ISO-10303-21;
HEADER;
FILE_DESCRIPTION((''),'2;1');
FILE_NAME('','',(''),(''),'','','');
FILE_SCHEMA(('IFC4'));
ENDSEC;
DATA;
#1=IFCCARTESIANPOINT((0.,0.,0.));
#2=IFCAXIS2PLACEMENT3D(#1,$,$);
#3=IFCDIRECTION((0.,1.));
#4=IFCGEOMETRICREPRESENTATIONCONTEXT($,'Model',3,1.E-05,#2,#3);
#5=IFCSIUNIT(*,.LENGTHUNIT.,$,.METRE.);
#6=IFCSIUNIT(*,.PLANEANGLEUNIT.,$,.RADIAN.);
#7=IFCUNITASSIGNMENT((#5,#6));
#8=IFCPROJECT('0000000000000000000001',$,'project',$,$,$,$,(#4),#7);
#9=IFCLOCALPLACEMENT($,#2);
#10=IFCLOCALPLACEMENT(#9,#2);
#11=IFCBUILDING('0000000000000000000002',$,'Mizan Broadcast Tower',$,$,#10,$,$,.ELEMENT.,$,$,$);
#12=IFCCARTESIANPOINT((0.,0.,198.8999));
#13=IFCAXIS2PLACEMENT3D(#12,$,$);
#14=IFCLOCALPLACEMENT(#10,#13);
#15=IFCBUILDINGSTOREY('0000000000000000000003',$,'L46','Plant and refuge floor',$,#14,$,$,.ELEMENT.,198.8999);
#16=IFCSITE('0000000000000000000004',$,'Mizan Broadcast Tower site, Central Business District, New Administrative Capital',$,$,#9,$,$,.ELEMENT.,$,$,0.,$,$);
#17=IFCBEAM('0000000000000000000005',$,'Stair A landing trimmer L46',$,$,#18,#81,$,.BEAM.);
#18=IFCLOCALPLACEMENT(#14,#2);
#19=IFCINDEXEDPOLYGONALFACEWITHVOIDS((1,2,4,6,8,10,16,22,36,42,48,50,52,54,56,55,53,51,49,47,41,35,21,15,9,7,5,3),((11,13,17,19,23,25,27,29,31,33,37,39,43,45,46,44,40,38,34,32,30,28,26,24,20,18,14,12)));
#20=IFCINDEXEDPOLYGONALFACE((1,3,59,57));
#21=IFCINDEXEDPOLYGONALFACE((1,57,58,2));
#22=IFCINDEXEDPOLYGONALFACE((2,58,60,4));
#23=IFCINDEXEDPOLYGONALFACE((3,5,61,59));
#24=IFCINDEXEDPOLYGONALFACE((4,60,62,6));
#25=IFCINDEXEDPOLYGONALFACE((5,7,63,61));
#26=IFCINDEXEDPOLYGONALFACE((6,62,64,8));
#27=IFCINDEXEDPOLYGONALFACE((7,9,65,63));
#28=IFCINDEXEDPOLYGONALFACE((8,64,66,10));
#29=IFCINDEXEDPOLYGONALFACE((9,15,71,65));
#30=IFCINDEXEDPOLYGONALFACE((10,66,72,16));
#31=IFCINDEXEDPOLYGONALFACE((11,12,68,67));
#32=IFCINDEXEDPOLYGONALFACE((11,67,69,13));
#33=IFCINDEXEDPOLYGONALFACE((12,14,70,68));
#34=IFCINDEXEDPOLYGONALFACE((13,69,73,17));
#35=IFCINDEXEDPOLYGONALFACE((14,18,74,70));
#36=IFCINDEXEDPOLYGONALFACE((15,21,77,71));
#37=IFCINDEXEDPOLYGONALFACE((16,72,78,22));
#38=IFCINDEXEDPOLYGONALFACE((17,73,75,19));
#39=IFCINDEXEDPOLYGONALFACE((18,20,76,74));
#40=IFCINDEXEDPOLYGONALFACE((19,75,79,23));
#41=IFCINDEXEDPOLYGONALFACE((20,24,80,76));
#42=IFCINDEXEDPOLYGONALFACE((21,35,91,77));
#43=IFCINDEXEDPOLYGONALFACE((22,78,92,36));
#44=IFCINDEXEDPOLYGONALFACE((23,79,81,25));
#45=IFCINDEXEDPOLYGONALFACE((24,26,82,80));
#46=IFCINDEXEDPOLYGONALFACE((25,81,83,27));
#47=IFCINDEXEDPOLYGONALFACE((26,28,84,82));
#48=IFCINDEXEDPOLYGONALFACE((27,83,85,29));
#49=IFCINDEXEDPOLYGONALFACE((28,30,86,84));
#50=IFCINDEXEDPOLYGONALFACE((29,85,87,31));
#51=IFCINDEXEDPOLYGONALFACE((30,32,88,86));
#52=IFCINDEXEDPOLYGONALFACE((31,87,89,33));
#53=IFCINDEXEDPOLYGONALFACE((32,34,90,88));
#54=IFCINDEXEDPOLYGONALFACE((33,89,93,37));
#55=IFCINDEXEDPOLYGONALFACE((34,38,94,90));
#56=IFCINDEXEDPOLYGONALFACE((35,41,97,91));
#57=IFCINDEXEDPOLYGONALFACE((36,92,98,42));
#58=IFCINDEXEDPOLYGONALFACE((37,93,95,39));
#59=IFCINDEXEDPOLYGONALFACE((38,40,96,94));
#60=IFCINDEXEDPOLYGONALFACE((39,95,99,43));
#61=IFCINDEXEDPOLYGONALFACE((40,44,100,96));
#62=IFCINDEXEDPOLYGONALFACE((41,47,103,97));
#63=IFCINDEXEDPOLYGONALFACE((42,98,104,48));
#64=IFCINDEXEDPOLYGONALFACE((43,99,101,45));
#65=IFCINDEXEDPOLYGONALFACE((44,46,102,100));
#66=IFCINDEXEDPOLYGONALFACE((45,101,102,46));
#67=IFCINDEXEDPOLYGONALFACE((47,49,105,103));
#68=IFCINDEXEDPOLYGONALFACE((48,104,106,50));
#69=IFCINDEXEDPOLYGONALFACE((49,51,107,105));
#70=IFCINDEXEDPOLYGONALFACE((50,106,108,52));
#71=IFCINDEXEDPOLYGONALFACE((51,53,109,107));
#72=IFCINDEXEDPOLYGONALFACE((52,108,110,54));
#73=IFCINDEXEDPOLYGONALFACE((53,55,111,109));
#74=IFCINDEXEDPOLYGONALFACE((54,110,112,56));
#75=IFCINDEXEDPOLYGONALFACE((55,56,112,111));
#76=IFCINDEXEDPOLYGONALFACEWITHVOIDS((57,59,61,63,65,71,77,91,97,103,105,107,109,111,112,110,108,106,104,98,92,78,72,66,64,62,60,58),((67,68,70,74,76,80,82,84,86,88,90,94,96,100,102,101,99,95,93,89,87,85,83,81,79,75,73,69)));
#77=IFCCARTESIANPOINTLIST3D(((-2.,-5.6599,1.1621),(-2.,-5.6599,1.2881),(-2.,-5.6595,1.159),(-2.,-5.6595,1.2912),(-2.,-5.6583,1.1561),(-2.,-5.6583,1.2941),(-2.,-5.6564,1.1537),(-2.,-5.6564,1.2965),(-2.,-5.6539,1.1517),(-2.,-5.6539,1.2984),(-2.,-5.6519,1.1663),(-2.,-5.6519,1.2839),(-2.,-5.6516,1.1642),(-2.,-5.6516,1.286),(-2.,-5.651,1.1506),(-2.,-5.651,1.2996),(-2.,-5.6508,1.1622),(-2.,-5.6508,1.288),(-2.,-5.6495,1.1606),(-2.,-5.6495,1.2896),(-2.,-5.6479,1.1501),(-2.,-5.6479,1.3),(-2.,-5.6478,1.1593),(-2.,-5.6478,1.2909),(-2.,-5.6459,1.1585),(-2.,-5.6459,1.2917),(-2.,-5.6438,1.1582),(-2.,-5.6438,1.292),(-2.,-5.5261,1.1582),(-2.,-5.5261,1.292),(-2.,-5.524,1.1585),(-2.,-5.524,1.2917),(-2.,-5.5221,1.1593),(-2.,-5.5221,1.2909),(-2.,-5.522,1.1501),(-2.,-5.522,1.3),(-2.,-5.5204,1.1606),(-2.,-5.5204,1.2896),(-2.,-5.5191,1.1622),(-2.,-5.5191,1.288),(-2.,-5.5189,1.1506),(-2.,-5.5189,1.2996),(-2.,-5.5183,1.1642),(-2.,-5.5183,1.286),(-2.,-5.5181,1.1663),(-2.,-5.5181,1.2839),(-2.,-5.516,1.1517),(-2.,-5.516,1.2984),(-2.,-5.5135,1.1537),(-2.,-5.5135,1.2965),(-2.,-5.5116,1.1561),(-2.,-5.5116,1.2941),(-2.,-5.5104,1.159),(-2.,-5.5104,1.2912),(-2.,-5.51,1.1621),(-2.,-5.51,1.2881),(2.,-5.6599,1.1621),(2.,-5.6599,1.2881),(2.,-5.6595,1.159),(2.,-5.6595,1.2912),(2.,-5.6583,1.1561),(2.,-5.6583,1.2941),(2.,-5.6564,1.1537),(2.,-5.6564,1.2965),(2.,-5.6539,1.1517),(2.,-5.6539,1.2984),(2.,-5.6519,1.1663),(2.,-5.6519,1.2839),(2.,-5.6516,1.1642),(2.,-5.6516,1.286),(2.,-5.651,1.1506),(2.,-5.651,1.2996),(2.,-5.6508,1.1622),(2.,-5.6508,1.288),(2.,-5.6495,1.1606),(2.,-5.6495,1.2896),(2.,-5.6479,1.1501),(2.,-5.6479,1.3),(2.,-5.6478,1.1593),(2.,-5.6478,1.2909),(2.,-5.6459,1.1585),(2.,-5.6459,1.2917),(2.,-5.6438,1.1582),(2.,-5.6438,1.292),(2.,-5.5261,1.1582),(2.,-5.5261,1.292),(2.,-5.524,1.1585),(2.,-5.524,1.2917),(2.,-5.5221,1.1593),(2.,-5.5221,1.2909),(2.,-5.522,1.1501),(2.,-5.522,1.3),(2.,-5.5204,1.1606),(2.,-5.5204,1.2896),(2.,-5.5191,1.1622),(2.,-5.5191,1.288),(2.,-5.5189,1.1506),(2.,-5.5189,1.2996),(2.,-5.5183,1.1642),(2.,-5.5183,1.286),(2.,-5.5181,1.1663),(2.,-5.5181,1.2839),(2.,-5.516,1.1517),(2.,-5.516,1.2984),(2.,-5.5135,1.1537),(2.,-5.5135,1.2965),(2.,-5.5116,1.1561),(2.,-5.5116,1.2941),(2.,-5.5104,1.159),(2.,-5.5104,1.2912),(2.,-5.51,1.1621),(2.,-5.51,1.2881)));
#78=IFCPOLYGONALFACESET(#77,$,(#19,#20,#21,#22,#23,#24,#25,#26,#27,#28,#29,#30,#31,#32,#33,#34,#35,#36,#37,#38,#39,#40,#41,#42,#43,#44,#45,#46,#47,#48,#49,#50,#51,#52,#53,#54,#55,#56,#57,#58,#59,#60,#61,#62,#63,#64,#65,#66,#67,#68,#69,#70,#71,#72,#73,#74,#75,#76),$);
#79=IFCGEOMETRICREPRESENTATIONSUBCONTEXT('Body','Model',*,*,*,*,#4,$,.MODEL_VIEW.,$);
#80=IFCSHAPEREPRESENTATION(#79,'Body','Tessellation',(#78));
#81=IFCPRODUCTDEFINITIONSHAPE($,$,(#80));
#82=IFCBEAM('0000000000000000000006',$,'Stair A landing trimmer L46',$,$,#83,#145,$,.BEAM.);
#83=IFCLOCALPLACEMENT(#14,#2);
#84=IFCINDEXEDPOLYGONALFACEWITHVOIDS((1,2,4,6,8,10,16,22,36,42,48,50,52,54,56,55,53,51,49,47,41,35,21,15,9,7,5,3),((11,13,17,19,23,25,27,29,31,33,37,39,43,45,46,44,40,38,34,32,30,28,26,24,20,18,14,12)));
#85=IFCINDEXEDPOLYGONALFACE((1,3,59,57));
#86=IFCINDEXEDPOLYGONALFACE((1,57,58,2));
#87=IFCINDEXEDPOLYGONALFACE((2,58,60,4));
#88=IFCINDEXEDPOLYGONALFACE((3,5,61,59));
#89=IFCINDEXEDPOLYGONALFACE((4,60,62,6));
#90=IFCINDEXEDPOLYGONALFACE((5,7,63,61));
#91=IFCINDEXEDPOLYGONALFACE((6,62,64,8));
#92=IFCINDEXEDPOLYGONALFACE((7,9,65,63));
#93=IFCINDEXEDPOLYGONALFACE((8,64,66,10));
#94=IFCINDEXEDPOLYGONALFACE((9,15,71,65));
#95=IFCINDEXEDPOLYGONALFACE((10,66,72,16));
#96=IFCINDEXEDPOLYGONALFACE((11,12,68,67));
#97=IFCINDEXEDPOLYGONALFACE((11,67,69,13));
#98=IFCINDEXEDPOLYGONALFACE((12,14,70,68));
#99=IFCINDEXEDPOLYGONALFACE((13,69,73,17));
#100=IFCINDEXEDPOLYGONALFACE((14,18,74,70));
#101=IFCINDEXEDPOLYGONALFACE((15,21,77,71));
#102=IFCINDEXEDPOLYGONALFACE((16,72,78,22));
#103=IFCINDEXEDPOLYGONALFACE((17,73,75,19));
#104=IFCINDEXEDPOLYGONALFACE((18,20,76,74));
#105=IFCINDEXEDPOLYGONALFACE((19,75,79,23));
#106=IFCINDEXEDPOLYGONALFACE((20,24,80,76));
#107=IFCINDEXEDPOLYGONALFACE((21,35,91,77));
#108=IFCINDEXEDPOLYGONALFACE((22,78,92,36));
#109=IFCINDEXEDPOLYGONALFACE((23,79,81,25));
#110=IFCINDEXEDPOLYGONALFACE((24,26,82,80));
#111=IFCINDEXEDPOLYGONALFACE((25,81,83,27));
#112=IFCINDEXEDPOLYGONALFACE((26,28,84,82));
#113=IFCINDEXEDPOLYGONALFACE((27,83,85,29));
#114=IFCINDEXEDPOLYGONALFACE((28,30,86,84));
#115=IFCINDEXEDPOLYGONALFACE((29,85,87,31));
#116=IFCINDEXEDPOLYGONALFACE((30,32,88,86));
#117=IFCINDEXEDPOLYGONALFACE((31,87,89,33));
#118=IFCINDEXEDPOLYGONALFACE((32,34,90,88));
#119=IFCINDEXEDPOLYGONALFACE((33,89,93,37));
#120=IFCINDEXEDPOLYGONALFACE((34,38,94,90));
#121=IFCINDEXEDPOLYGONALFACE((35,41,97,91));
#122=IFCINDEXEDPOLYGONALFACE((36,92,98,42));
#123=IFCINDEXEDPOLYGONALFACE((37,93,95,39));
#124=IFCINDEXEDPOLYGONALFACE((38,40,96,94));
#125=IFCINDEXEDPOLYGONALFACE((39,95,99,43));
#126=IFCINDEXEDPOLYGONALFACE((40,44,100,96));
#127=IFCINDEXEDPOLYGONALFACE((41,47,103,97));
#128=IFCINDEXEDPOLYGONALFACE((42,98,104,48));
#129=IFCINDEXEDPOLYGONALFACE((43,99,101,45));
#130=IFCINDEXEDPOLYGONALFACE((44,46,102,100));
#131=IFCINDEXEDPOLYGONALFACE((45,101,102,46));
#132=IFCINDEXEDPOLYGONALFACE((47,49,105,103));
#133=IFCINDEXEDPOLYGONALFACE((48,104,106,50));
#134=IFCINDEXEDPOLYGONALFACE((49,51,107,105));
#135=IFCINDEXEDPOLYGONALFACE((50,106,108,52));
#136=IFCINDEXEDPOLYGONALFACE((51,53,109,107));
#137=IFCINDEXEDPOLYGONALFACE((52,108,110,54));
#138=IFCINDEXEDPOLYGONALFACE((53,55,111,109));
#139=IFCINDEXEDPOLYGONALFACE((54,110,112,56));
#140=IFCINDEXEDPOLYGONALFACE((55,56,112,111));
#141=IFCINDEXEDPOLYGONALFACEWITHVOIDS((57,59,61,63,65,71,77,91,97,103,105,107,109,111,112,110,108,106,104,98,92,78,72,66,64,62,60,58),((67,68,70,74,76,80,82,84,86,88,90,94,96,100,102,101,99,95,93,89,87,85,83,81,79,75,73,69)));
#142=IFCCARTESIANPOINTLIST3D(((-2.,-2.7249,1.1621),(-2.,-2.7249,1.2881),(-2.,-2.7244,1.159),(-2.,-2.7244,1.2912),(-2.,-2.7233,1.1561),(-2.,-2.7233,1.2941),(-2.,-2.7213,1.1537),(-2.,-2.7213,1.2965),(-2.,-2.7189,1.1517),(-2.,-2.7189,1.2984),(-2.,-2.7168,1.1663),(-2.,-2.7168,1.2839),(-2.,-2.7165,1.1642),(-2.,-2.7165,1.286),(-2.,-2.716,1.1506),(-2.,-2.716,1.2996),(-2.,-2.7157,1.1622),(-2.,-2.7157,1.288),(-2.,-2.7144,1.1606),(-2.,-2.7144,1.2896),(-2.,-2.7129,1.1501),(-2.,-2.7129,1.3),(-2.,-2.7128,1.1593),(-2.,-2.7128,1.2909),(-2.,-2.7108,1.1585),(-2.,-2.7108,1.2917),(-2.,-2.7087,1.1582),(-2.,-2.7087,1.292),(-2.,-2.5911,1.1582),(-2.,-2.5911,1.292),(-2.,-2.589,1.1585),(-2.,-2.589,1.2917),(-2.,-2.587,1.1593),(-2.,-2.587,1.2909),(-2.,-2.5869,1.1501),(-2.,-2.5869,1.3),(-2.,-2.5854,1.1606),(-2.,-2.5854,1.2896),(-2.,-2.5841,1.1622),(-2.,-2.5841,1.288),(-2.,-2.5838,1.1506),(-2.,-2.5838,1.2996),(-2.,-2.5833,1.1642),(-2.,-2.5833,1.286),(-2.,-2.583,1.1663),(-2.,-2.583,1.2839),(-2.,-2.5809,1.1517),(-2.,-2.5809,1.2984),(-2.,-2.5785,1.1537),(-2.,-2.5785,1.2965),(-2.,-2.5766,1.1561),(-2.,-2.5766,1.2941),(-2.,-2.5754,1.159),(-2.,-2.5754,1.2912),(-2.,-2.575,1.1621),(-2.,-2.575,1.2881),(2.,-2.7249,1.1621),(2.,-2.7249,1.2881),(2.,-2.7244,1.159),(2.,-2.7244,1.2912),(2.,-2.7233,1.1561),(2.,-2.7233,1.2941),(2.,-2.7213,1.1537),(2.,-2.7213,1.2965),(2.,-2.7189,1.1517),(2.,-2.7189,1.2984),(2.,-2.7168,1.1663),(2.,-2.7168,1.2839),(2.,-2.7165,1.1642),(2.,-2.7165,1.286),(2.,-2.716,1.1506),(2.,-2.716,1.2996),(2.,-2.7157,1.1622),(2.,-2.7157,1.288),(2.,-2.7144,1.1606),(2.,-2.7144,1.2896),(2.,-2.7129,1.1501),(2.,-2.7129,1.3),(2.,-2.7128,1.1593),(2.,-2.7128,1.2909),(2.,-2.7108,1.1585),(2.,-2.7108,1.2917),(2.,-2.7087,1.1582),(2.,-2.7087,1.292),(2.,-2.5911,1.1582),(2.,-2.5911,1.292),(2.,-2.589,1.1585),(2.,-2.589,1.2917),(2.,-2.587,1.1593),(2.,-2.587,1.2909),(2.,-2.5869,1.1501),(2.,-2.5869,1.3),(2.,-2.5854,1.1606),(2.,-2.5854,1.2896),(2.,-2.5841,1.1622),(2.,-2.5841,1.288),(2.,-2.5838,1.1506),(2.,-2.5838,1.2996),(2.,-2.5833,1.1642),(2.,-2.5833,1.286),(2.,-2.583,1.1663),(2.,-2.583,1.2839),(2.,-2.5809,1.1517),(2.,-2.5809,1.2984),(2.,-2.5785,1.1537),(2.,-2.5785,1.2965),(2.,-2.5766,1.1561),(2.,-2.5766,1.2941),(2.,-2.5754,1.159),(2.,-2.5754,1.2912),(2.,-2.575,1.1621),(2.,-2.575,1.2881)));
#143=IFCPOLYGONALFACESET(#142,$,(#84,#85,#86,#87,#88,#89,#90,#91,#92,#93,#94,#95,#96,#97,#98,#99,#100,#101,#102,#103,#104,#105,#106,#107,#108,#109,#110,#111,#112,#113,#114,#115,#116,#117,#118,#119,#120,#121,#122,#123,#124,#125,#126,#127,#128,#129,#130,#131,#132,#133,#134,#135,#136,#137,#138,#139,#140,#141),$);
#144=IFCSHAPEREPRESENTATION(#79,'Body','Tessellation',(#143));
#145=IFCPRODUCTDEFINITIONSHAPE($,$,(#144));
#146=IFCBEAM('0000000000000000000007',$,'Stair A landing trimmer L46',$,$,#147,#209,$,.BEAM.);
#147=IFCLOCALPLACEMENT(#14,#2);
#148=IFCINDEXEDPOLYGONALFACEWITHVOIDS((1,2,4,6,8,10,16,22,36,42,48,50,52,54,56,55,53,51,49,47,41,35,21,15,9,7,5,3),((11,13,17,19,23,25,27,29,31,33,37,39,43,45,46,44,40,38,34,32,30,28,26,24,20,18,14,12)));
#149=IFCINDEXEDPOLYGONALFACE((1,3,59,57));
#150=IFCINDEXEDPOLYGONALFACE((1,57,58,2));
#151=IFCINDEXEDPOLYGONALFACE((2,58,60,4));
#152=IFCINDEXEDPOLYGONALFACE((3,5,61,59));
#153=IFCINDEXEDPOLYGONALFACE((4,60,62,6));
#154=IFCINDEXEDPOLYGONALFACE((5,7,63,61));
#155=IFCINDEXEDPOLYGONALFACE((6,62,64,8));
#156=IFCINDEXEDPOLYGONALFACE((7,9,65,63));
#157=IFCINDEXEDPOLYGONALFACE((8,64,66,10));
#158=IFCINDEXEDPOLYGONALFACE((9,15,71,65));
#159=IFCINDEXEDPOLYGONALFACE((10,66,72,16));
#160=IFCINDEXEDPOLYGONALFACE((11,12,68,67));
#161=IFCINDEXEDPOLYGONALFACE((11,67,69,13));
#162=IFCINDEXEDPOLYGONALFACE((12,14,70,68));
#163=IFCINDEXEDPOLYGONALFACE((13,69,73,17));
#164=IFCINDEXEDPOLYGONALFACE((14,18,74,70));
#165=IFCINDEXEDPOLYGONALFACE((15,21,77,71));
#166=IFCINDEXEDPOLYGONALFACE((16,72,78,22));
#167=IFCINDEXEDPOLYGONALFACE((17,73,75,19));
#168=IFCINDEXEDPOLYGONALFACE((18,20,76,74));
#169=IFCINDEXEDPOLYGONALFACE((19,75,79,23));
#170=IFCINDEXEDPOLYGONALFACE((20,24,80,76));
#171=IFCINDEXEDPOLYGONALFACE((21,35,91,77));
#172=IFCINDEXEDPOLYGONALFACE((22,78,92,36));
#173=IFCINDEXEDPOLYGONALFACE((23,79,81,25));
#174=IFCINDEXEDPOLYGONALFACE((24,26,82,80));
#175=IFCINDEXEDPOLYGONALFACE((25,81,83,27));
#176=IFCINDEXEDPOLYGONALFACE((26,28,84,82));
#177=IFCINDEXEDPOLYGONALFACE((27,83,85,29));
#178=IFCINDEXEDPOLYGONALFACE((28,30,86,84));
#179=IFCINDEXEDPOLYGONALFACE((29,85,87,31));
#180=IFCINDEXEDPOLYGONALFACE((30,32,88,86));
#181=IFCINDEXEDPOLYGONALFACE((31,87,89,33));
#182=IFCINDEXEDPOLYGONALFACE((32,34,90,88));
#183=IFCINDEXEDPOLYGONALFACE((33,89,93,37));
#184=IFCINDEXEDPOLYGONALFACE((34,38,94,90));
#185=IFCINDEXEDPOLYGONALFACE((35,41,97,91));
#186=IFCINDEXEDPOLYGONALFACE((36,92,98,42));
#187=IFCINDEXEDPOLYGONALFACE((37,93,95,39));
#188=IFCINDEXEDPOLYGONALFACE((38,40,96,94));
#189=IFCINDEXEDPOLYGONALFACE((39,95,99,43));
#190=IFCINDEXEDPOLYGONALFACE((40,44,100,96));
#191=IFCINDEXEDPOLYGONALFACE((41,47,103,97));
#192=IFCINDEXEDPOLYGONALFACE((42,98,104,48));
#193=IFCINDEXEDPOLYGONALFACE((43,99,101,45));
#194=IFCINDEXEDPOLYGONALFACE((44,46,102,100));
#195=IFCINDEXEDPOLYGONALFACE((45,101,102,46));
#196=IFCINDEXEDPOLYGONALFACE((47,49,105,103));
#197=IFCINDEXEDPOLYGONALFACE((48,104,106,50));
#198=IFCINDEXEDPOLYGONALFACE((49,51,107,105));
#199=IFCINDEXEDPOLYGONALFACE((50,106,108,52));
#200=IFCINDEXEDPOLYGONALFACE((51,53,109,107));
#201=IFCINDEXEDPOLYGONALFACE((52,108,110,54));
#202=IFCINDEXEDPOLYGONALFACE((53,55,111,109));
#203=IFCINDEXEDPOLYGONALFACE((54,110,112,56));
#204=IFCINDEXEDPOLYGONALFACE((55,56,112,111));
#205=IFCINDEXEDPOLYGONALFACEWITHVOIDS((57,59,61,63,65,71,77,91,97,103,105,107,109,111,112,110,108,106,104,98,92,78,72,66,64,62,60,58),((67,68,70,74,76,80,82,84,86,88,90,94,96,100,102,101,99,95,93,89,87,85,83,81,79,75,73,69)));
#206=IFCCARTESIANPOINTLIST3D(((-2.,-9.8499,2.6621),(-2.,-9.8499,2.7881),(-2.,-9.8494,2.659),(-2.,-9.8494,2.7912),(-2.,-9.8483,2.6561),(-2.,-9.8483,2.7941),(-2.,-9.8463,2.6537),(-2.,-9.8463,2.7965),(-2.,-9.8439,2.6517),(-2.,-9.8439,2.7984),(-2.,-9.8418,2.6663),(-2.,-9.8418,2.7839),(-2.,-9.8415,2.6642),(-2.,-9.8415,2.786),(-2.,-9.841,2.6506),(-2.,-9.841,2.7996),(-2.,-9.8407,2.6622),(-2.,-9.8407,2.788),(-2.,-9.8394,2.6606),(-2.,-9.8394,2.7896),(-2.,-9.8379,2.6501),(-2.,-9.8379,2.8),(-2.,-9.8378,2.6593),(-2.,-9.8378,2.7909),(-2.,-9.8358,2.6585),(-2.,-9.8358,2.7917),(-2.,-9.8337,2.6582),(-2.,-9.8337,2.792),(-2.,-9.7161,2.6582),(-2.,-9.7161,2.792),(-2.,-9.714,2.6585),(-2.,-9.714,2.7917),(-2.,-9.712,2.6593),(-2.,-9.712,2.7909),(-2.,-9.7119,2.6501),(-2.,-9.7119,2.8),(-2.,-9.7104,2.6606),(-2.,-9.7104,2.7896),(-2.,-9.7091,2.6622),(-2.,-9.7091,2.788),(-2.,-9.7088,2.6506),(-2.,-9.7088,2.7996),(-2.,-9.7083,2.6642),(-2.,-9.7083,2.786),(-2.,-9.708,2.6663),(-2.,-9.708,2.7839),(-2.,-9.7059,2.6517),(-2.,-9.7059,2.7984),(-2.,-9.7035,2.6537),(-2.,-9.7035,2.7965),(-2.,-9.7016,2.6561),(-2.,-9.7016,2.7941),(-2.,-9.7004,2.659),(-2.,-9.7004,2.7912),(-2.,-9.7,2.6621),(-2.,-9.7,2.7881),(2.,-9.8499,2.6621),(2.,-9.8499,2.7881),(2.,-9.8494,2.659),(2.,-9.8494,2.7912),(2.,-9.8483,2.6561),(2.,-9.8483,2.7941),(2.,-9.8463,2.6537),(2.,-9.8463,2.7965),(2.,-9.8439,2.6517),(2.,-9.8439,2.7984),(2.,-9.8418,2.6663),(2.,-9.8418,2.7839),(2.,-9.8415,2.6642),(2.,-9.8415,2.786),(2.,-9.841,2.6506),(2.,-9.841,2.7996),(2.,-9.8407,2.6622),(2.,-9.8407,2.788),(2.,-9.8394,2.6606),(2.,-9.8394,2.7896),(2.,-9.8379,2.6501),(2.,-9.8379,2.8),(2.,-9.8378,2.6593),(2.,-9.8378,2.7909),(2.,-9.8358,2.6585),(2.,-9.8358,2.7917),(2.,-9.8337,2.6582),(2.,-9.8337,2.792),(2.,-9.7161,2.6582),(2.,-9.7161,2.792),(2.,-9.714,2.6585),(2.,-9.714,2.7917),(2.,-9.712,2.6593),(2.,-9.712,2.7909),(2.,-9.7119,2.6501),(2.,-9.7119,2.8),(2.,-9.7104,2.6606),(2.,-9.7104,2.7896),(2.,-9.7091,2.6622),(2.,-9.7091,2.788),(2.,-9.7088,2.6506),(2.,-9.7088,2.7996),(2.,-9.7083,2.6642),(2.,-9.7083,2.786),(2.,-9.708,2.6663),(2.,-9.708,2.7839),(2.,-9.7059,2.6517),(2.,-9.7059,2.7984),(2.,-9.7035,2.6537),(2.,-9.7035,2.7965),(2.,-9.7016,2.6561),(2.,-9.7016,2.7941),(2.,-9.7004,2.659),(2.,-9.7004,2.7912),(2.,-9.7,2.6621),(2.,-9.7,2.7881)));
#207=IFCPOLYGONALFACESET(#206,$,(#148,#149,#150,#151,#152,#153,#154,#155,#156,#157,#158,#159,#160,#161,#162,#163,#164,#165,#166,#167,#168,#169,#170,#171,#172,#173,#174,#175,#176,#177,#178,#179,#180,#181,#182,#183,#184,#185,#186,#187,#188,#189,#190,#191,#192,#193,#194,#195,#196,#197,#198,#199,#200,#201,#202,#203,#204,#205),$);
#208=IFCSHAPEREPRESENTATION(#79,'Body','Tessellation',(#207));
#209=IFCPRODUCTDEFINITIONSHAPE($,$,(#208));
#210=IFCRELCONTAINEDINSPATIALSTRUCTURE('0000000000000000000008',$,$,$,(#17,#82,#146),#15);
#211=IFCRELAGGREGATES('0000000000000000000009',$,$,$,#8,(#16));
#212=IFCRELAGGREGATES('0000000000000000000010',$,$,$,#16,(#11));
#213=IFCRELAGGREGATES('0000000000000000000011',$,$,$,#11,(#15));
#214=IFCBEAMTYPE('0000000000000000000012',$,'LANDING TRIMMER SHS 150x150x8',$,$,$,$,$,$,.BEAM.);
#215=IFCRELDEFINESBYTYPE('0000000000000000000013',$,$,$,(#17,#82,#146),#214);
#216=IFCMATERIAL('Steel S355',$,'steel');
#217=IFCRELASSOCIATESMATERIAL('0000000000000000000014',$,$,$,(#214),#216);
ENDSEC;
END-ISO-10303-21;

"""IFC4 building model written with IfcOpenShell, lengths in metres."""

from ifc_helpers import new_model, si_unit, direction, frame, origin, origin_2d, place, context, subcontext, project, spatial, hollow_rectangle, extrude, material, material_profile, profile_set, type_object, element, save


model = new_model("IFC4")

# Units and contexts
model_context = context("Model", 3, precision=1e-05, world=origin(), true_north=direction((0.0, 1.0)))
body_context = subcontext(model_context, "Body", "Model", "MODEL_VIEW")
ifc_project = project(units=[si_unit("LENGTHUNIT", "METRE"), si_unit("PLANEANGLEUNIT", "RADIAN")], contexts=[model_context])

# Site, building, storey
site_placement = place(None, origin())
site = spatial("IfcSite", under=ifc_project, at=site_placement, Name="Mizan Broadcast Tower site, Central Business District, New Administrative Capital", CompositionType="ELEMENT", RefElevation=0.0)
building_placement = place(site_placement, origin())
building = spatial("IfcBuilding", under=site, at=building_placement, Name="Mizan Broadcast Tower", CompositionType="ELEMENT")
storey_placement = place(building_placement, frame((0.0, 0.0, 198.8999)))
storey = spatial("IfcBuildingStorey", under=building, at=storey_placement, Name="L46", Description="Plant and refuge floor", CompositionType="ELEMENT", Elevation=198.8999)

# Beams
ifc_material_1 = material(Name="Steel S355", Category="steel")
ifc_material_profile_1 = material_profile(ifc_material_1, hollow_rectangle(XDim=0.1499, YDim=0.1499, WallThickness=0.0081, InnerFilletRadius=0.0081, OuterFilletRadius=0.012, at=origin_2d()), Name="SHS 150x150x8")
ifc_profile_set_1 = profile_set([ifc_material_profile_1], Name="Steel S355")
beam_type_1 = type_object("IfcBeamType", Name="LANDING TRIMMER SHS 150x150x8", PredefinedType="BEAM", material=ifc_profile_set_1)
for number, where, z_axis, x_axis, name in (
    (1, (-2.0, -5.585, 1.2251), (1.0, 0.0, 0.0), (0.0, 1.0, 0.0), "Stair A landing trimmer L46"),
    (2, (-2.0, -2.6499, 1.2251), (1.0, 0.0, 0.0), (0.0, 1.0, 0.0), "Stair A landing trimmer L46"),
    (3, (-2.0, -9.7749, 2.7251), (1.0, 0.0, 0.0), (0.0, 1.0, 0.0), "Stair A landing trimmer L46"),
):
    element("IfcBeam", number, at=place(storey_placement, frame(where, z_axis=z_axis, x_axis=x_axis)), inside=storey, type_object=beam_type_1, Name=name, PredefinedType="BEAM", context=body_context, shape_type="SweptSolid", body=[
        extrude(hollow_rectangle(XDim=0.1499, YDim=0.1499, WallThickness=0.0081, InnerFilletRadius=0.0081, OuterFilletRadius=0.012, at=origin_2d()), origin(), (0.0, 0.0, 1.0), 4.0),
    ])

save(model, "model.ifc")
